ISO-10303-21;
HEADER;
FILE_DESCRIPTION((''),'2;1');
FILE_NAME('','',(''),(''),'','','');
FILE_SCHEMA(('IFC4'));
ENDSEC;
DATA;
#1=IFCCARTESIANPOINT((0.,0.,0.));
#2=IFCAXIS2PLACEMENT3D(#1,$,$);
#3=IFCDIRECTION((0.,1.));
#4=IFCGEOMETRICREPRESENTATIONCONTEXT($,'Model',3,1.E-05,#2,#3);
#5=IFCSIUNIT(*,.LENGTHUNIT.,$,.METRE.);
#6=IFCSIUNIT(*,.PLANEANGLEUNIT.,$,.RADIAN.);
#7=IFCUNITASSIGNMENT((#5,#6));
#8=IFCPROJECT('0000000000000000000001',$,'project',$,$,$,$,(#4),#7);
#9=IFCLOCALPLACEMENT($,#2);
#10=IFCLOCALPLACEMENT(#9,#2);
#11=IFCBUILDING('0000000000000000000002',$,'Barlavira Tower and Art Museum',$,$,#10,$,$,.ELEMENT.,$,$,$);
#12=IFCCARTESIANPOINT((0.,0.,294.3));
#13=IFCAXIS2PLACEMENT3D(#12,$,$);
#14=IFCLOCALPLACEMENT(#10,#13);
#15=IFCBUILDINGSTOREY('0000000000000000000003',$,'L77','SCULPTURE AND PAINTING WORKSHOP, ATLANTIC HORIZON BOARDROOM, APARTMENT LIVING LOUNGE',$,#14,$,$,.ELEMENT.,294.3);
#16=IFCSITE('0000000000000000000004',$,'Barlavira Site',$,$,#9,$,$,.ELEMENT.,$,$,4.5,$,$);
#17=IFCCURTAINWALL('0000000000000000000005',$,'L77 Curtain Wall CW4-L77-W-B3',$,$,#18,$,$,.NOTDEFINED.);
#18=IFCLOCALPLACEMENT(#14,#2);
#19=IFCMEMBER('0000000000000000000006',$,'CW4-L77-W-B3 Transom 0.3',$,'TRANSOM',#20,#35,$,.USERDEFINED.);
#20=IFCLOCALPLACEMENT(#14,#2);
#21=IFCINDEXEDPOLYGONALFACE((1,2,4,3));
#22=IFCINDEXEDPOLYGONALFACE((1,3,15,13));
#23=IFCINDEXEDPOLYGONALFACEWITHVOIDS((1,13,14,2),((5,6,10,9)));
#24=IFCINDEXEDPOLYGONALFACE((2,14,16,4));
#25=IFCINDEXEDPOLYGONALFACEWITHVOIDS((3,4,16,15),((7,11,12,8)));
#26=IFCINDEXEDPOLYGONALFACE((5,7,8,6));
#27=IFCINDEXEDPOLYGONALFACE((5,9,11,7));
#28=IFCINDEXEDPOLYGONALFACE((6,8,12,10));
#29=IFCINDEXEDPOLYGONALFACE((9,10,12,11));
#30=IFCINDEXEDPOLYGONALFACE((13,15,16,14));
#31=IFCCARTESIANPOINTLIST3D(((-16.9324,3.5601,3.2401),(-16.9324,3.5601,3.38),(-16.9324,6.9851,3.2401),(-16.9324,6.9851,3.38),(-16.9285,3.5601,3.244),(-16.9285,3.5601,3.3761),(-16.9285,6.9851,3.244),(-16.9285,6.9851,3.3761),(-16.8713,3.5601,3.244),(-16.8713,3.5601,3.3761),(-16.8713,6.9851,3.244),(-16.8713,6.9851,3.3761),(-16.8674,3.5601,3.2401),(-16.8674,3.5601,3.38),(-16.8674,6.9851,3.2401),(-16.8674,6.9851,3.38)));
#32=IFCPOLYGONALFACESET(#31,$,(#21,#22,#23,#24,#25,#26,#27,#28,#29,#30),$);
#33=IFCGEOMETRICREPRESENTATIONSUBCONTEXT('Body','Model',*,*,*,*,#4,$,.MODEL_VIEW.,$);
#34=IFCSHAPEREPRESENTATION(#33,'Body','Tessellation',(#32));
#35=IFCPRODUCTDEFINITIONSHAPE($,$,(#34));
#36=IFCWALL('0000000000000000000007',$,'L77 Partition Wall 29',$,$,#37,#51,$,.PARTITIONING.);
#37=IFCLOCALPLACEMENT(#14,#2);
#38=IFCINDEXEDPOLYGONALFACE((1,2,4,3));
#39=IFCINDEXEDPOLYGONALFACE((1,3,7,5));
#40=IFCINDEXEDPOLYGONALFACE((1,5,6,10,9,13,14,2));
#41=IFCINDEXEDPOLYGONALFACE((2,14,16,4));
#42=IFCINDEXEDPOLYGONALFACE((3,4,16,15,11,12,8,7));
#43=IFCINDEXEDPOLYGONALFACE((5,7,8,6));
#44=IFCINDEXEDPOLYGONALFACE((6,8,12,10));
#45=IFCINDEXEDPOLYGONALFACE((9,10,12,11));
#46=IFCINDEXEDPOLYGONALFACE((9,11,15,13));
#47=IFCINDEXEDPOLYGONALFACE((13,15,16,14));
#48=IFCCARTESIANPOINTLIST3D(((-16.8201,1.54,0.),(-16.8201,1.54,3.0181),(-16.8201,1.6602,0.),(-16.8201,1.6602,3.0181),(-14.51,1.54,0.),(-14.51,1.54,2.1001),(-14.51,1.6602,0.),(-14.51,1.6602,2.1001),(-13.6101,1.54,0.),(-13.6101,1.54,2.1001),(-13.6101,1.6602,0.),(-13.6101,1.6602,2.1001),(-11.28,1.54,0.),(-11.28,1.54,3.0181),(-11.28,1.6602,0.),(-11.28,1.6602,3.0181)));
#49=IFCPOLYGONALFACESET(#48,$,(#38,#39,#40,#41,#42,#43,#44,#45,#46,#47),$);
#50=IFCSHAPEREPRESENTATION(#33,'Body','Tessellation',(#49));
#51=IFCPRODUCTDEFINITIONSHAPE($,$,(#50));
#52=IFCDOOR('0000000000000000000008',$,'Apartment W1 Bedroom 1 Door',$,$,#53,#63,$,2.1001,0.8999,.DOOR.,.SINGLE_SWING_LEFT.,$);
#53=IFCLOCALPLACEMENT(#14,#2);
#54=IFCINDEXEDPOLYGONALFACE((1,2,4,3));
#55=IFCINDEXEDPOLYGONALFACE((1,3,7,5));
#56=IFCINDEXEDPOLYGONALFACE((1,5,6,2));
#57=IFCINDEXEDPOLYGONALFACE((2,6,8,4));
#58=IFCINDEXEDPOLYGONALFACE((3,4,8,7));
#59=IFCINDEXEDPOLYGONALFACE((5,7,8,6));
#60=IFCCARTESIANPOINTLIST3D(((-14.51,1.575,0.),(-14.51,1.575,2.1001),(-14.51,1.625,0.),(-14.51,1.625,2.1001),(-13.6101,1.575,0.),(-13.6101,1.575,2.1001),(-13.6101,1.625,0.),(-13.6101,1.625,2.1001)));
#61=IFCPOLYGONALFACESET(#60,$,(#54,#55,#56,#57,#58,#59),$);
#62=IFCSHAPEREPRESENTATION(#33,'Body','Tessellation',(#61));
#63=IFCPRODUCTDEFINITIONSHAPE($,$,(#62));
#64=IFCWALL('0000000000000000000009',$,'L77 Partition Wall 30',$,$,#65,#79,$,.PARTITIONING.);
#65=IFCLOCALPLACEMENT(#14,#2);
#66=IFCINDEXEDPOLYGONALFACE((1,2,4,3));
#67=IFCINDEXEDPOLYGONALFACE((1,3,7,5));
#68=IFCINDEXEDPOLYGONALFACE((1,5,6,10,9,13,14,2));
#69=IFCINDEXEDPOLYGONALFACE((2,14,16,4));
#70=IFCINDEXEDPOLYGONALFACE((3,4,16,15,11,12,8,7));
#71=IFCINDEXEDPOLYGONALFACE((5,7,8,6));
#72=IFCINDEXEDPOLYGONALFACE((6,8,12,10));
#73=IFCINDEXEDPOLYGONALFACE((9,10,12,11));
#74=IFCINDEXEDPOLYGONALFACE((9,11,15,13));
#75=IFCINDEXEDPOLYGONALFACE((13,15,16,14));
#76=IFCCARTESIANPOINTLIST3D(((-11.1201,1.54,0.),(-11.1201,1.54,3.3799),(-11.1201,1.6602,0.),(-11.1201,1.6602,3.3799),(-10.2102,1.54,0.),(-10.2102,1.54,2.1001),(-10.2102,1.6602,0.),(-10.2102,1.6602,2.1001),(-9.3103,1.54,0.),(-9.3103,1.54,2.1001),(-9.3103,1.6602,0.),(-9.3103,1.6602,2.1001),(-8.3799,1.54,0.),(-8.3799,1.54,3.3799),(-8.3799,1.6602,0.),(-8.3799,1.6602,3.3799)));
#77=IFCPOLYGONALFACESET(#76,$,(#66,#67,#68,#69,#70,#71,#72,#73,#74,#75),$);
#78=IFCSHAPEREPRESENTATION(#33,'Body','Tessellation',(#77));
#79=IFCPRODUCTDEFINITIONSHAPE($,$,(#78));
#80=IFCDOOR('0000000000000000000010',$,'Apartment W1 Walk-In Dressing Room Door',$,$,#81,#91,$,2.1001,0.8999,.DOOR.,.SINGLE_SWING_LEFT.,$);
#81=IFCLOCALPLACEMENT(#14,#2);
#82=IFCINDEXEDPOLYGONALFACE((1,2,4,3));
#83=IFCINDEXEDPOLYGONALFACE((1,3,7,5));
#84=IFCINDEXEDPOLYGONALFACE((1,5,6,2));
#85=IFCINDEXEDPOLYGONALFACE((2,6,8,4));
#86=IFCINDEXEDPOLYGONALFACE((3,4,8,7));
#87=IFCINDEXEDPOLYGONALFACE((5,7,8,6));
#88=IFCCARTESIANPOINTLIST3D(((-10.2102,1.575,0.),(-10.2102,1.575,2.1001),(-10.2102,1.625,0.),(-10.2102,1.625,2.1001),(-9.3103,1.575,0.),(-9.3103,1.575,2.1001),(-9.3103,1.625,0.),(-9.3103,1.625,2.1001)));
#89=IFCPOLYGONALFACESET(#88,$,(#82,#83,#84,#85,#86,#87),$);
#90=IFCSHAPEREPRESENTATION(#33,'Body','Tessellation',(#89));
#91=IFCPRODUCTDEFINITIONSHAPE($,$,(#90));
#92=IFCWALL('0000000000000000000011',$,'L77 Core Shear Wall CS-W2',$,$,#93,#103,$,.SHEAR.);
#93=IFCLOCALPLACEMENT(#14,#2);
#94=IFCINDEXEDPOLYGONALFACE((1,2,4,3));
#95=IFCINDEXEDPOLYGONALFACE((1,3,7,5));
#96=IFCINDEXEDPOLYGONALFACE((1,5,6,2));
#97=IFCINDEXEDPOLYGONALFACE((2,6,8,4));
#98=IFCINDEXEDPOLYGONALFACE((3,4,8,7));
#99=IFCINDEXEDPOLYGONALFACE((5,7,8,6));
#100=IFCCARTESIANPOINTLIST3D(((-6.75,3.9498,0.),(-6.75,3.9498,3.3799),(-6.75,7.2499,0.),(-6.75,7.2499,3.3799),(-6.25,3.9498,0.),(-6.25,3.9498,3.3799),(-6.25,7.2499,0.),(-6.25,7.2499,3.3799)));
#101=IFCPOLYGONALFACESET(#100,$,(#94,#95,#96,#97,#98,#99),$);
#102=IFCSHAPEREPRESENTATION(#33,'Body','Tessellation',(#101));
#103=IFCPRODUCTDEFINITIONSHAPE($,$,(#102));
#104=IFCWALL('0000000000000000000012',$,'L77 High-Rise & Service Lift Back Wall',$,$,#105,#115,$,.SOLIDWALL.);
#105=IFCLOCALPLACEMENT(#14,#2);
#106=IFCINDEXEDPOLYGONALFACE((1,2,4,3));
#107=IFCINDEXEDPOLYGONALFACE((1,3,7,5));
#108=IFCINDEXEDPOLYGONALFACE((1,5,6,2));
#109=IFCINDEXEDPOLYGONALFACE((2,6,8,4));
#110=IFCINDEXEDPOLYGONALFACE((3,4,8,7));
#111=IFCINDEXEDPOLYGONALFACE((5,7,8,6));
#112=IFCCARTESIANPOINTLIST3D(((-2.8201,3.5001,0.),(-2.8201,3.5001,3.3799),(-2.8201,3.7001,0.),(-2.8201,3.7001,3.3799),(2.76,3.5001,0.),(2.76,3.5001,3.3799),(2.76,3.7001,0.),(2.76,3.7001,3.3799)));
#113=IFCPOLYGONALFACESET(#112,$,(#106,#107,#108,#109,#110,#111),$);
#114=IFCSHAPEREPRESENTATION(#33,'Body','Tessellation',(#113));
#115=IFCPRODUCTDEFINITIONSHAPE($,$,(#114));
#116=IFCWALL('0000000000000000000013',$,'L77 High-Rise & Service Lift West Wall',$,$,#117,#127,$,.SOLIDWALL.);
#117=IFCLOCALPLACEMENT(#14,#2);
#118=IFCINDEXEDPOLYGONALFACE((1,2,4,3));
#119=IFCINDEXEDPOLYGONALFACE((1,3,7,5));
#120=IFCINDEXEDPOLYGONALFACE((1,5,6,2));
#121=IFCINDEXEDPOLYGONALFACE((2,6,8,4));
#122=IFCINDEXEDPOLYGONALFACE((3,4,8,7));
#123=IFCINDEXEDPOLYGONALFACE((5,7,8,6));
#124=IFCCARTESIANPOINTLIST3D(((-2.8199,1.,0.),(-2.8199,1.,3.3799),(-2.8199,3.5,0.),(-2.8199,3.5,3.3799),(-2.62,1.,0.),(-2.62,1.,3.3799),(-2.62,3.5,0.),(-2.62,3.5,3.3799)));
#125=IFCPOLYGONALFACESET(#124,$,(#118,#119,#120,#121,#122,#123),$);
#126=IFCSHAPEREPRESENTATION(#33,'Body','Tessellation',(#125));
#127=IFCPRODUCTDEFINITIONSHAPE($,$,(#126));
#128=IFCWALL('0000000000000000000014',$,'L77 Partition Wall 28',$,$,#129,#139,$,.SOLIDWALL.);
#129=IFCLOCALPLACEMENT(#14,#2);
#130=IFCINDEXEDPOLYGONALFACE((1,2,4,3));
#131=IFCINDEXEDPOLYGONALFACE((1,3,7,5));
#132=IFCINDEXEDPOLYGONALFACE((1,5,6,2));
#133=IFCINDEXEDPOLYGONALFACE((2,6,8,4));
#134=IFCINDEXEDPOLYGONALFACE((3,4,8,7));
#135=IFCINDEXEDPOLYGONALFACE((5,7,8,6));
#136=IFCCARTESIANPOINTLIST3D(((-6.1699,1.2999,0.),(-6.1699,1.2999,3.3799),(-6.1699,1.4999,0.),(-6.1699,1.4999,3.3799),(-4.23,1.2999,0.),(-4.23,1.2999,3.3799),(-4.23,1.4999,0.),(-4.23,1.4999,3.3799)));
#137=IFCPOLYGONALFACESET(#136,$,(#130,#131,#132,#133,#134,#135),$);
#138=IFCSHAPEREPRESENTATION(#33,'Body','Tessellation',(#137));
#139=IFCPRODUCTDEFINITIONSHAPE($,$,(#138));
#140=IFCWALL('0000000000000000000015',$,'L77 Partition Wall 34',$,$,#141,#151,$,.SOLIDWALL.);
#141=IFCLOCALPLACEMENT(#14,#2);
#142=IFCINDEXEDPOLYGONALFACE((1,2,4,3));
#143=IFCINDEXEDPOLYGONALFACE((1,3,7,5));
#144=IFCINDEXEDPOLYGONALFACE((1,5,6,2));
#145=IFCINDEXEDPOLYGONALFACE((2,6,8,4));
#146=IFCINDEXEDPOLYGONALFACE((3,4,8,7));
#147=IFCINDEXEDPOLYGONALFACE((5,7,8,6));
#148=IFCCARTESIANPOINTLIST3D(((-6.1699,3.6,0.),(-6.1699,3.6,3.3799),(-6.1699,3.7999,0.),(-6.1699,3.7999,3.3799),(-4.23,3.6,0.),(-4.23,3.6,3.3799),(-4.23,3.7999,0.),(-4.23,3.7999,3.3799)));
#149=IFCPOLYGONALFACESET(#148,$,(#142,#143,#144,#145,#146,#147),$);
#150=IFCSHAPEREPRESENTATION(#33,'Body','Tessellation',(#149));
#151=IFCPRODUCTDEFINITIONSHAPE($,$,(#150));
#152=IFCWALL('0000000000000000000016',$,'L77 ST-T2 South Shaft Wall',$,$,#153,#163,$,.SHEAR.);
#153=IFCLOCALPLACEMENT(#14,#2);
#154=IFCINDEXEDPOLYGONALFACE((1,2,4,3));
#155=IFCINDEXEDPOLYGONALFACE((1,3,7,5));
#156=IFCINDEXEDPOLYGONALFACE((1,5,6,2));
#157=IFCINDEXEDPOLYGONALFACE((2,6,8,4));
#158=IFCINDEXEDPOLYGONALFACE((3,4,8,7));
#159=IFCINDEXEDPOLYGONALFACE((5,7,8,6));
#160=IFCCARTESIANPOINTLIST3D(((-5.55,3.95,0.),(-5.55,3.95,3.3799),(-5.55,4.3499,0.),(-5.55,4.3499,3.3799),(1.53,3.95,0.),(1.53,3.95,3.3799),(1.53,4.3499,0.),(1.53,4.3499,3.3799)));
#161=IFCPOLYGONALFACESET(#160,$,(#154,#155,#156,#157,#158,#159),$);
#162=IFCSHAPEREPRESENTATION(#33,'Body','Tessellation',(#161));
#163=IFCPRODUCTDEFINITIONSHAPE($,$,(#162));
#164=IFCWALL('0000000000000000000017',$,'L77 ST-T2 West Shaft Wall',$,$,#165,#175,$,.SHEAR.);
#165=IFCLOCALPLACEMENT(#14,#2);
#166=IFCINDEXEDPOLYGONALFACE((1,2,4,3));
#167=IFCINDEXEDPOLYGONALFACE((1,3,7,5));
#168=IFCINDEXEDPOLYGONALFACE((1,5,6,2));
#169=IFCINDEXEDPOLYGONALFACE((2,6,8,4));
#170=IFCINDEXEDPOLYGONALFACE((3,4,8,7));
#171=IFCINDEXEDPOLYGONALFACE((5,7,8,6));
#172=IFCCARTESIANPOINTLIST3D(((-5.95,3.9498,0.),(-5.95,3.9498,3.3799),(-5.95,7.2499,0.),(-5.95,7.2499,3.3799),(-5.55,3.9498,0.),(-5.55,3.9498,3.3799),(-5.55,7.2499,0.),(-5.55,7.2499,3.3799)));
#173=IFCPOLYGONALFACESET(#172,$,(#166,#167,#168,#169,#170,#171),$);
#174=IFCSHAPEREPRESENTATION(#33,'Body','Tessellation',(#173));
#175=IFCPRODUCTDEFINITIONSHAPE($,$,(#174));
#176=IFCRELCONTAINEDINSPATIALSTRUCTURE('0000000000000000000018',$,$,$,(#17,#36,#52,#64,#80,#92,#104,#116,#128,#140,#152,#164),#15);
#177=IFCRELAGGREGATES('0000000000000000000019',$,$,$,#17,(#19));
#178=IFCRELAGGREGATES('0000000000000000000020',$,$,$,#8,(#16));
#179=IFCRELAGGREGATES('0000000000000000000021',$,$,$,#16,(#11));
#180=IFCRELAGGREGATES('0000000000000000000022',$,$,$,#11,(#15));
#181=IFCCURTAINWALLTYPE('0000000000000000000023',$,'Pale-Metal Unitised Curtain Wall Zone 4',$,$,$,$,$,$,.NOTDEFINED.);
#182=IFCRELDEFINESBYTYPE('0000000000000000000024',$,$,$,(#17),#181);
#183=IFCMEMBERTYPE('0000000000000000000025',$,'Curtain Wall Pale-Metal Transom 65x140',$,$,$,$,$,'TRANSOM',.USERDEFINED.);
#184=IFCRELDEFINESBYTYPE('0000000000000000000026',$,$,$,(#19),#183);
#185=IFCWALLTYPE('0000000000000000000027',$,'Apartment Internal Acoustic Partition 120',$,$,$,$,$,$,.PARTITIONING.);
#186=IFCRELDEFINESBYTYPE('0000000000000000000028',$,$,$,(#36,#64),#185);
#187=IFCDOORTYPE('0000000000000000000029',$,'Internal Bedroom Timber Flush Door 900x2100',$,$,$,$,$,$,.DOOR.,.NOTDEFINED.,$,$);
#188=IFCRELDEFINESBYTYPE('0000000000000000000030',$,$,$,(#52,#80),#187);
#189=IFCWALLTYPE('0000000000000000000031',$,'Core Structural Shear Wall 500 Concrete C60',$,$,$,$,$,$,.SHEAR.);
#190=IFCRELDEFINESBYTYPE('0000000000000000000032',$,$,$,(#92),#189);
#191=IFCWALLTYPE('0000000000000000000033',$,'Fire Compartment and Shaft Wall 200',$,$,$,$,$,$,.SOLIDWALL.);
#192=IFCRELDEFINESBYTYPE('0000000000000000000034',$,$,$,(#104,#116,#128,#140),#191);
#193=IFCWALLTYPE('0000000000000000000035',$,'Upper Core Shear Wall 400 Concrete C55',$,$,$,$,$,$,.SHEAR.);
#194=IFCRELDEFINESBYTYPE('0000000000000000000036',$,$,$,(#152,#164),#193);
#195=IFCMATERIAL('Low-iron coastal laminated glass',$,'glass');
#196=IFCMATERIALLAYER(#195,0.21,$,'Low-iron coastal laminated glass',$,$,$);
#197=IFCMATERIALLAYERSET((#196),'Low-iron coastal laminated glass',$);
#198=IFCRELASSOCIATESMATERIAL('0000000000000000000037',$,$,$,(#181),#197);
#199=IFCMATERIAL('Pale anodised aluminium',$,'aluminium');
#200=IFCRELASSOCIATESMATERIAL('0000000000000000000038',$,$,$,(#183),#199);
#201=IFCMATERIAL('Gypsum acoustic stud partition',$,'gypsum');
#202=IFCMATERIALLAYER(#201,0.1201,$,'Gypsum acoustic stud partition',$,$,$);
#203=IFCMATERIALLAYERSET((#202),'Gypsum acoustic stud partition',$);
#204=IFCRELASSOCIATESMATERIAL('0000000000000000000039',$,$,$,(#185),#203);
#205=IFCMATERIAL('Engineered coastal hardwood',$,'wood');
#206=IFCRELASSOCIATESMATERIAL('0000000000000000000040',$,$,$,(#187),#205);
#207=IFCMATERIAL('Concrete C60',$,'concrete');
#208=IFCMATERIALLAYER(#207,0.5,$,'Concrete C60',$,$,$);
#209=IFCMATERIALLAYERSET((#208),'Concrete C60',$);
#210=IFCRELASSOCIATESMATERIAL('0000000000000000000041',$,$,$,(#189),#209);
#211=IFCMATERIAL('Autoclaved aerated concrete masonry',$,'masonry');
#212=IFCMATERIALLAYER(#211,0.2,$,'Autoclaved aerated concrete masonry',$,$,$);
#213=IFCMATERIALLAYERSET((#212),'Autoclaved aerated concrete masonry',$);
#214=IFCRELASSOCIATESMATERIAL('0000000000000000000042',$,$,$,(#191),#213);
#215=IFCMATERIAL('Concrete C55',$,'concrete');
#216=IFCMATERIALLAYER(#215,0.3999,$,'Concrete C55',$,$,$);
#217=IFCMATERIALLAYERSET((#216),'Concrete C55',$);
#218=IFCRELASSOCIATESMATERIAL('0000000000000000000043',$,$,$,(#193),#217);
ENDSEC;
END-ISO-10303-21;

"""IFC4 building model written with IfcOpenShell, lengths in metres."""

from ifc_helpers import new_model, si_unit, direction, frame, frame_2d, origin, origin_2d, place, context, subcontext, project, spatial, rectangle, hollow_rectangle, extrude, material, layer, layer_set, material_profile, profile_set, type_object, element, fill, aggregate, save


model = new_model("IFC4")

# Units and contexts
model_context = context("Model", 3, precision=1e-05, world=origin(), true_north=direction((0.0, 1.0)))
body_context = subcontext(model_context, "Body", "Model", "MODEL_VIEW")
ifc_project = project(units=[si_unit("LENGTHUNIT", "METRE"), si_unit("PLANEANGLEUNIT", "RADIAN")], contexts=[model_context])

# Site, building, storey
site_placement = place(None, origin())
site = spatial("IfcSite", under=ifc_project, at=site_placement, Name="Barlavira Site", CompositionType="ELEMENT", RefElevation=4.5)
building_placement = place(site_placement, origin())
building = spatial("IfcBuilding", under=site, at=building_placement, Name="Barlavira Tower and Art Museum", CompositionType="ELEMENT")
storey_placement = place(building_placement, frame((0.0, 0.0, 294.3)))
storey = spatial("IfcBuildingStorey", under=building, at=storey_placement, Name="L77", Description="SCULPTURE AND PAINTING WORKSHOP, ATLANTIC HORIZON BOARDROOM, APARTMENT LIVING LOUNGE", CompositionType="ELEMENT", Elevation=294.3)

# Curtain wall, member
ifc_material_1 = material(Name="Low-iron coastal laminated glass", Category="glass")
ifc_layer_1 = layer(ifc_material_1, 0.21, Name="Low-iron coastal laminated glass")
ifc_layer_set_1 = layer_set([ifc_layer_1], Name="Low-iron coastal laminated glass")
curtain_wall_type = type_object("IfcCurtainWallType", Name="Pale-Metal Unitised Curtain Wall Zone 4", PredefinedType="NOTDEFINED", material=ifc_layer_set_1)
curtain_wall_placement = place(storey_placement, origin())
curtain_wall = element("IfcCurtainWall", 1, at=curtain_wall_placement, inside=storey, type_object=curtain_wall_type, Name="L77 Curtain Wall CW4-L77-W-B3", PredefinedType="NOTDEFINED")
ifc_material_2 = material(Name="Pale anodised aluminium", Category="aluminium")
ifc_material_profile = material_profile(ifc_material_2, hollow_rectangle(XDim=0.0649, YDim=0.1399, WallThickness=0.0039, at=origin_2d()), Name="ALU-TRAN 65x140x4")
ifc_profile_set = profile_set([ifc_material_profile], Name="Pale anodised aluminium")
member_type = type_object("IfcMemberType", Name="Curtain Wall Pale-Metal Transom 65x140", ElementType="TRANSOM", PredefinedType="USERDEFINED", material=ifc_profile_set)
member_placement = place(storey_placement, frame((-16.8999, 6.9851, 3.3101), z_axis=(0.0, -1.0, 0.0), x_axis=(1.0, 0.0, 0.0)))
member = element("IfcMember", 2, at=member_placement, type_object=member_type, Name="CW4-L77-W-B3 Transom 0.3", ObjectType="TRANSOM", PredefinedType="USERDEFINED", context=body_context, shape_type="SweptSolid", body=[
    extrude(hollow_rectangle(XDim=0.0649, YDim=0.1399, WallThickness=0.0039, at=origin_2d()), origin(), (0.0, 0.0, 1.0), 3.425),
])
aggregate(curtain_wall, [member])

# Walls, openings, doors
ifc_material_3 = material(Name="Gypsum acoustic stud partition", Category="gypsum")
ifc_layer_2 = layer(ifc_material_3, 0.1201, Name="Gypsum acoustic stud partition")
ifc_layer_set_2 = layer_set([ifc_layer_2], Name="Gypsum acoustic stud partition")
wall_type_1 = type_object("IfcWallType", Name="Apartment Internal Acoustic Partition 120", PredefinedType="PARTITIONING", material=ifc_layer_set_2)
wall_1_placement = place(storey_placement, frame((-16.8201, 1.6001, 0.0), z_axis=(0.0, 0.0, 1.0), x_axis=(1.0, 0.0, 0.0)))
wall_1 = element("IfcWall", 3, at=wall_1_placement, inside=storey, type_object=wall_type_1, Name="L77 Partition Wall 29", PredefinedType="PARTITIONING", context=body_context, shape_type="SweptSolid", body=[
    extrude(rectangle(XDim=5.54, YDim=0.1201, at=frame_2d((2.77, 0.0))), origin(), (0.0, 0.0, 1.0), 3.0181),
])
opening_1_placement = place(wall_1_placement, frame((2.3101, 0.0, 0.0)))
opening_1 = element("IfcOpeningElement", 4, at=opening_1_placement, cuts=wall_1, PredefinedType="OPENING", context=body_context, shape_type="SweptSolid", body=[
    extrude(rectangle(XDim=0.8999, YDim=2.1001, at=frame_2d((0.45, 1.05))), frame((0.0, 0.0701, 0.0), z_axis=(0.0, -1.0, 0.0), x_axis=(1.0, 0.0, 0.0)), (0.0, 0.0, 1.0), 0.1401),
])
ifc_material_4 = material(Name="Engineered coastal hardwood", Category="wood")
door_type_1 = type_object("IfcDoorType", Name="Internal Bedroom Timber Flush Door 900x2100", OperationType="NOTDEFINED", PredefinedType="DOOR", material=ifc_material_4)
door_1_placement = place(opening_1_placement, origin())
door_1 = element("IfcDoor", 5, at=door_1_placement, inside=storey, type_object=door_type_1, Name="Apartment W1 Bedroom 1 Door", OperationType="SINGLE_SWING_LEFT", OverallHeight=2.1001, OverallWidth=0.8999, PredefinedType="DOOR", context=body_context, shape_type="SweptSolid", body=[
    extrude(rectangle(XDim=0.8999, YDim=2.1001, at=frame_2d((0.45, 1.05))), frame((0.0, 0.0249, 0.0), z_axis=(0.0, -1.0, 0.0), x_axis=(1.0, 0.0, 0.0)), (0.0, 0.0, 1.0), 0.05),
])
fill(opening_1, door_1)
wall_2_placement = place(storey_placement, frame((-11.1201, 1.6001, 0.0), z_axis=(0.0, 0.0, 1.0), x_axis=(1.0, 0.0, 0.0)))
wall_2 = element("IfcWall", 6, at=wall_2_placement, inside=storey, type_object=wall_type_1, Name="L77 Partition Wall 30", PredefinedType="PARTITIONING", context=body_context, shape_type="SweptSolid", body=[
    extrude(rectangle(XDim=2.7402, YDim=0.1201, at=frame_2d((1.3701, 0.0))), origin(), (0.0, 0.0, 1.0), 3.3799),
])
opening_2_placement = place(wall_2_placement, frame((0.9099, 0.0, 0.0)))
opening_2 = element("IfcOpeningElement", 7, at=opening_2_placement, cuts=wall_2, PredefinedType="OPENING", context=body_context, shape_type="SweptSolid", body=[
    extrude(rectangle(XDim=0.8999, YDim=2.1001, at=frame_2d((0.45, 1.05))), frame((0.0, 0.0701, 0.0), z_axis=(0.0, -1.0, 0.0), x_axis=(1.0, 0.0, 0.0)), (0.0, 0.0, 1.0), 0.1401),
])
door_2_placement = place(opening_2_placement, origin())
door_2 = element("IfcDoor", 8, at=door_2_placement, inside=storey, type_object=door_type_1, Name="Apartment W1 Walk-In Dressing Room Door", OperationType="SINGLE_SWING_LEFT", OverallHeight=2.1001, OverallWidth=0.8999, PredefinedType="DOOR", context=body_context, shape_type="SweptSolid", body=[
    extrude(rectangle(XDim=0.8999, YDim=2.1001, at=frame_2d((0.45, 1.05))), frame((0.0, 0.0249, 0.0), z_axis=(0.0, -1.0, 0.0), x_axis=(1.0, 0.0, 0.0)), (0.0, 0.0, 1.0), 0.05),
])
fill(opening_2, door_2)

# Wall
ifc_material_5 = material(Name="Concrete C60", Category="concrete")
ifc_layer_3 = layer(ifc_material_5, 0.5, Name="Concrete C60")
ifc_layer_set_3 = layer_set([ifc_layer_3], Name="Concrete C60")
wall_type_2 = type_object("IfcWallType", Name="Core Structural Shear Wall 500 Concrete C60", PredefinedType="SHEAR", material=ifc_layer_set_3)
wall_3_placement = place(storey_placement, frame((-6.5, 3.95, 0.0), z_axis=(0.0, 0.0, 1.0), x_axis=(0.0, 1.0, 0.0)))
element("IfcWall", 9, at=wall_3_placement, inside=storey, type_object=wall_type_2, Name="L77 Core Shear Wall CS-W2", PredefinedType="SHEAR", context=body_context, shape_type="SweptSolid", body=[
    extrude(rectangle(XDim=3.3, YDim=0.5, at=frame_2d((1.6499, 0.0))), origin(), (0.0, 0.0, 1.0), 3.3799),
])

# Shared definitions
ifc_material_6 = material(Name="Autoclaved aerated concrete masonry", Category="masonry")
ifc_layer_4 = layer(ifc_material_6, 0.2, Name="Autoclaved aerated concrete masonry")
ifc_layer_set_4 = layer_set([ifc_layer_4], Name="Autoclaved aerated concrete masonry")
wall_type_3 = type_object("IfcWallType", Name="Fire Compartment and Shaft Wall 200", PredefinedType="SOLIDWALL", material=ifc_layer_set_4)

# Walls
wall_4_placement = place(storey_placement, frame((-2.8201, 3.6001, 0.0), z_axis=(0.0, 0.0, 1.0), x_axis=(1.0, 0.0, 0.0)))
element("IfcWall", 10, at=wall_4_placement, inside=storey, type_object=wall_type_3, Name="L77 High-Rise & Service Lift Back Wall", PredefinedType="SOLIDWALL", context=body_context, shape_type="SweptSolid", body=[
    extrude(rectangle(XDim=5.5801, YDim=0.2, at=frame_2d((2.79, 0.0))), origin(), (0.0, 0.0, 1.0), 3.3799),
])
wall_5_placement = place(storey_placement, frame((-2.72, 1.0, 0.0), z_axis=(0.0, 0.0, 1.0), x_axis=(0.0, 1.0, 0.0)))
element("IfcWall", 11, at=wall_5_placement, inside=storey, type_object=wall_type_3, Name="L77 High-Rise & Service Lift West Wall", PredefinedType="SOLIDWALL", context=body_context, shape_type="SweptSolid", body=[
    extrude(rectangle(XDim=2.5, YDim=0.2, at=frame_2d((1.25, 0.0))), origin(), (0.0, 0.0, 1.0), 3.3799),
])
for number, where, z_axis, x_axis, name in (
    (12, (-6.1699, 1.3999, 0.0), (0.0, 0.0, 1.0), (1.0, 0.0, 0.0), "L77 Partition Wall 28"),
    (13, (-6.1699, 3.7, 0.0), (0.0, 0.0, 1.0), (1.0, 0.0, 0.0), "L77 Partition Wall 34"),
):
    element("IfcWall", number, at=place(storey_placement, frame(where, z_axis=z_axis, x_axis=x_axis)), inside=storey, type_object=wall_type_3, Name=name, PredefinedType="SOLIDWALL", context=body_context, shape_type="SweptSolid", body=[
        extrude(rectangle(XDim=1.9399, YDim=0.2, at=frame_2d((0.97, 0.0))), origin(), (0.0, 0.0, 1.0), 3.3799),
    ])
ifc_material_7 = material(Name="Concrete C55", Category="concrete")
ifc_layer_5 = layer(ifc_material_7, 0.3999, Name="Concrete C55")
ifc_layer_set_5 = layer_set([ifc_layer_5], Name="Concrete C55")
wall_type_4 = type_object("IfcWallType", Name="Upper Core Shear Wall 400 Concrete C55", PredefinedType="SHEAR", material=ifc_layer_set_5)
wall_6_placement = place(storey_placement, frame((-5.55, 4.1499, 0.0), z_axis=(0.0, 0.0, 1.0), x_axis=(1.0, 0.0, 0.0)))
element("IfcWall", 14, at=wall_6_placement, inside=storey, type_object=wall_type_4, Name="L77 ST-T2 South Shaft Wall", PredefinedType="SHEAR", context=body_context, shape_type="SweptSolid", body=[
    extrude(rectangle(XDim=7.0801, YDim=0.3999, at=frame_2d((3.54, 0.0))), origin(), (0.0, 0.0, 1.0), 3.3799),
])
wall_7_placement = place(storey_placement, frame((-5.75, 3.95, 0.0), z_axis=(0.0, 0.0, 1.0), x_axis=(0.0, 1.0, 0.0)))
element("IfcWall", 15, at=wall_7_placement, inside=storey, type_object=wall_type_4, Name="L77 ST-T2 West Shaft Wall", PredefinedType="SHEAR", context=body_context, shape_type="SweptSolid", body=[
    extrude(rectangle(XDim=3.3, YDim=0.3999, at=frame_2d((1.6499, 0.0))), origin(), (0.0, 0.0, 1.0), 3.3799),
])

save(model, "model.ifc")
